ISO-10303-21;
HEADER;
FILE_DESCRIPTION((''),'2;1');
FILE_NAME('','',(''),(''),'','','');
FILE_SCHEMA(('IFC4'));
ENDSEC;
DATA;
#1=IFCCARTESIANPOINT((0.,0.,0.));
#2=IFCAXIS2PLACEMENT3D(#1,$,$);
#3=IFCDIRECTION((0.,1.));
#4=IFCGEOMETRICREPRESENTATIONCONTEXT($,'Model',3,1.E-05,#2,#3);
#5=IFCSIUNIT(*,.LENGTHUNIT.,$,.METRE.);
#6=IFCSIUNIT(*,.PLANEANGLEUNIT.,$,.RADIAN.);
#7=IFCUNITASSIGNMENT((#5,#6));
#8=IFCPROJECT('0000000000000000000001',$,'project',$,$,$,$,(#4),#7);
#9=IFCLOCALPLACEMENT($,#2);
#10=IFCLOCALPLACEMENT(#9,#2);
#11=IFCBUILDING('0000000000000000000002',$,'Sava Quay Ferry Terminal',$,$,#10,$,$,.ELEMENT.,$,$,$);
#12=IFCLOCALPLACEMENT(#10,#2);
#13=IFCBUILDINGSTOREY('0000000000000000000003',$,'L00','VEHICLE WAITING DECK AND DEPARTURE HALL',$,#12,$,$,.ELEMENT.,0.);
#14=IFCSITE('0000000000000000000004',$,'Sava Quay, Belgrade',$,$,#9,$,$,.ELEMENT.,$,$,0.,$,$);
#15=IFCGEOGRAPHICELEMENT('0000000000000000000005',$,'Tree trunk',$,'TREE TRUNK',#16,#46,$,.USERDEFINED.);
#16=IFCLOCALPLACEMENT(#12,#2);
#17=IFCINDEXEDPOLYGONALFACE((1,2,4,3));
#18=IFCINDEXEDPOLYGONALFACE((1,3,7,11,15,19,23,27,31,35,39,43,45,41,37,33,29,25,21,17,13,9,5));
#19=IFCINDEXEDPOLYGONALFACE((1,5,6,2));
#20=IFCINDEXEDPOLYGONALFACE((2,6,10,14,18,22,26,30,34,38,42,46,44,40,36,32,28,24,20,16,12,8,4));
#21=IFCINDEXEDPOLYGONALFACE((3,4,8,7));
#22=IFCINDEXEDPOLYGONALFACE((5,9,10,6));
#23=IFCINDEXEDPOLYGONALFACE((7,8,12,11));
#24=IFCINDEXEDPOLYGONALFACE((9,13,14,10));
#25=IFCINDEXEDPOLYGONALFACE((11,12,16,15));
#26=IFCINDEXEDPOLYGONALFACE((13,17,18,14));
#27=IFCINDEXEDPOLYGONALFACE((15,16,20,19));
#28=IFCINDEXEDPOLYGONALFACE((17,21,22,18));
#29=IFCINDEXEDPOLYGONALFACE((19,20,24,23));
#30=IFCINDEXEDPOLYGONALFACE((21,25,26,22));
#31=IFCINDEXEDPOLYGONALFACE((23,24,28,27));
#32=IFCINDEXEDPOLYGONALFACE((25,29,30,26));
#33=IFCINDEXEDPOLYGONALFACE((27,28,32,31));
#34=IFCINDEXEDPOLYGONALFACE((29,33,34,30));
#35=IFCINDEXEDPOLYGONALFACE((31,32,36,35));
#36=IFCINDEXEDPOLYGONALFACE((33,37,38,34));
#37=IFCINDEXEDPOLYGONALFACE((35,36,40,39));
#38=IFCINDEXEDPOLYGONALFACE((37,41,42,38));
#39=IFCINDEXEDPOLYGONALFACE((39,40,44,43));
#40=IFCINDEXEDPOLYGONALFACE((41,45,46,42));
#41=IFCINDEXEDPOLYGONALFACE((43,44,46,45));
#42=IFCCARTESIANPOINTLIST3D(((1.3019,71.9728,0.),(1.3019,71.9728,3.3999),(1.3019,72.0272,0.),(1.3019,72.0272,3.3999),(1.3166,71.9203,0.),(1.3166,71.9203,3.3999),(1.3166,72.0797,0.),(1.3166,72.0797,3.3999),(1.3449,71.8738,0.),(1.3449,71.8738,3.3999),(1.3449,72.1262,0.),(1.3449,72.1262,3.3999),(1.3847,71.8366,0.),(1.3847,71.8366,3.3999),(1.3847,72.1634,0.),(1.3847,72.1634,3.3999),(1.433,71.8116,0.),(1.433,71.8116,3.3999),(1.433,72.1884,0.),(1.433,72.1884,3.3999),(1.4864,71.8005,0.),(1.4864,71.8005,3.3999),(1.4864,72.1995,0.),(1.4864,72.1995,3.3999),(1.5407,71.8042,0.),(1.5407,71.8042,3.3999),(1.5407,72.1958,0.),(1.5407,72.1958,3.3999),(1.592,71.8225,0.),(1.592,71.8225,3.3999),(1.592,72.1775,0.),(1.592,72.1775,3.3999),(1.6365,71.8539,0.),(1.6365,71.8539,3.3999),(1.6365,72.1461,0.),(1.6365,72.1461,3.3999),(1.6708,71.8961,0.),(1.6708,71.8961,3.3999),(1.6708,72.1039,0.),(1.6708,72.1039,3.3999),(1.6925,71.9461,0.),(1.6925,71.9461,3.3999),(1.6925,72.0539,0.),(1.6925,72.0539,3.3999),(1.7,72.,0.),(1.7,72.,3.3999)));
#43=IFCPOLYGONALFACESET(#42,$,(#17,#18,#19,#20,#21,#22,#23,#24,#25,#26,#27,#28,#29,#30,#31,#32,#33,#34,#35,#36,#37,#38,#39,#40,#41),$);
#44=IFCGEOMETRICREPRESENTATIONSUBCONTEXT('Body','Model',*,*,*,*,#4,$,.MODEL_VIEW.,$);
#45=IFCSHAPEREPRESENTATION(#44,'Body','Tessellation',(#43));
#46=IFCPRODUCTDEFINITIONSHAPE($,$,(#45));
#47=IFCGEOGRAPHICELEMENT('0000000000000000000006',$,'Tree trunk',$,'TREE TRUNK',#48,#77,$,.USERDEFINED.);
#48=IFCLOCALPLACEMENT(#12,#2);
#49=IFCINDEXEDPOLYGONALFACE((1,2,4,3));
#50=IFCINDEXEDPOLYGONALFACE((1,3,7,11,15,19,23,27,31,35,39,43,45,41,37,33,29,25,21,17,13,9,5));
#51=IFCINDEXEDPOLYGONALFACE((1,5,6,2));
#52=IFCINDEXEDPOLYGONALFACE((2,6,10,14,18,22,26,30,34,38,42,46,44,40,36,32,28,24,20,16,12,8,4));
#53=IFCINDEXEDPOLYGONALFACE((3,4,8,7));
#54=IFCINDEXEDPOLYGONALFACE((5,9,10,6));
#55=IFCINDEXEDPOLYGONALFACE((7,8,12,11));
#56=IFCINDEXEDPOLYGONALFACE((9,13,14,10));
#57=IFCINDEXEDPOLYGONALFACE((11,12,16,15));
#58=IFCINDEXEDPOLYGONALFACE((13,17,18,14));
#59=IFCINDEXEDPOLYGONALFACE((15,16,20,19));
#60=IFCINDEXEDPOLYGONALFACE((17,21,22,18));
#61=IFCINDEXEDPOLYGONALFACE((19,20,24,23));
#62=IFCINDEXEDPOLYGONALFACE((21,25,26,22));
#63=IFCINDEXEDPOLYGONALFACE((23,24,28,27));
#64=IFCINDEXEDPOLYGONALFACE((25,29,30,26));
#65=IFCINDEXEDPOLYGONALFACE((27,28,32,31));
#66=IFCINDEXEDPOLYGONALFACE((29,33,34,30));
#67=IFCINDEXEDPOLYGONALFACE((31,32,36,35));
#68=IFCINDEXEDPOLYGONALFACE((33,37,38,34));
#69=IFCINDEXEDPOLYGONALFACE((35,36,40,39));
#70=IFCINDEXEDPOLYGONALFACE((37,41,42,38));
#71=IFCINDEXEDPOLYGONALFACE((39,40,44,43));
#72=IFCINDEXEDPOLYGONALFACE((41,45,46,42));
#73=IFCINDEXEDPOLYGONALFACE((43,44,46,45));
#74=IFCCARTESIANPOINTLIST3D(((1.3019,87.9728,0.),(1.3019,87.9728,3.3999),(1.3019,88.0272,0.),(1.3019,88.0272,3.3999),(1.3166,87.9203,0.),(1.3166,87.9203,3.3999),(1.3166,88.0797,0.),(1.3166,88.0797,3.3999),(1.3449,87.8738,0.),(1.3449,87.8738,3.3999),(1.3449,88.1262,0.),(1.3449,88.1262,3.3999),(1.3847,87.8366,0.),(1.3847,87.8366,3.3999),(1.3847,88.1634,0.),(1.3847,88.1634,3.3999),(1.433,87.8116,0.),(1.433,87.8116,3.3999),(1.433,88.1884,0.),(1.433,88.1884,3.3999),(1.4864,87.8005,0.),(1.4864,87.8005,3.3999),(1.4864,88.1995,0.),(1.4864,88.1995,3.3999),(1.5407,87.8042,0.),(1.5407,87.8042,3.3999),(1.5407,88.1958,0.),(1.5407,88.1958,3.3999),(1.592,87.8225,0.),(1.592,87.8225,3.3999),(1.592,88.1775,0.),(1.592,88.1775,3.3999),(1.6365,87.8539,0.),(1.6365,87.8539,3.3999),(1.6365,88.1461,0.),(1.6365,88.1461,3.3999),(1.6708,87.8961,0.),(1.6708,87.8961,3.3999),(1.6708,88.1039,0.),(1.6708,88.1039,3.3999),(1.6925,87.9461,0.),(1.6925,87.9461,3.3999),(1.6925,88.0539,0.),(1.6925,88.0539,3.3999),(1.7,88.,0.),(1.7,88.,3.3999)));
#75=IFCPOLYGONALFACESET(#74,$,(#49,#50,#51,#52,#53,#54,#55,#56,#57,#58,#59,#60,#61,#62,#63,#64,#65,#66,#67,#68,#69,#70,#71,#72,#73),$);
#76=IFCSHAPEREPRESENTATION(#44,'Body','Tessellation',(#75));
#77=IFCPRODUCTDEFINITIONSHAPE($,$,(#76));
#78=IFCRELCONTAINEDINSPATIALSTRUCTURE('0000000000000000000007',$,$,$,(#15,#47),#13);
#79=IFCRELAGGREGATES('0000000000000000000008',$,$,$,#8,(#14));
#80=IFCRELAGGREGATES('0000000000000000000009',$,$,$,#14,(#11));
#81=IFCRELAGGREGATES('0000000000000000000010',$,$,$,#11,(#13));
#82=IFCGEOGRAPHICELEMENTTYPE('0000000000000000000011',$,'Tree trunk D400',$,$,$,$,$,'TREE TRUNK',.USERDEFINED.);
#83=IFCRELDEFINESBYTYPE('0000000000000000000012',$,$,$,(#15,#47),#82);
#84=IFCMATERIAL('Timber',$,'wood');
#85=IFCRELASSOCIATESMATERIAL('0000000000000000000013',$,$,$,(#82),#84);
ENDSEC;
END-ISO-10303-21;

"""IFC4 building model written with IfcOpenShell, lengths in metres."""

from ifc_helpers import new_model, si_unit, direction, frame, origin, origin_2d, place, context, subcontext, project, spatial, circle, extrude, material, type_object, element, save


model = new_model("IFC4")

# Units and contexts
model_context = context("Model", 3, precision=1e-05, world=origin(), true_north=direction((0.0, 1.0)))
body_context = subcontext(model_context, "Body", "Model", "MODEL_VIEW")
ifc_project = project(units=[si_unit("LENGTHUNIT", "METRE"), si_unit("PLANEANGLEUNIT", "RADIAN")], contexts=[model_context])

# Site, building, storey
site_placement = place(None, origin())
site = spatial("IfcSite", under=ifc_project, at=site_placement, Name="Sava Quay, Belgrade", CompositionType="ELEMENT", RefElevation=0.0)
building_placement = place(site_placement, origin())
building = spatial("IfcBuilding", under=site, at=building_placement, Name="Sava Quay Ferry Terminal", CompositionType="ELEMENT")
storey_placement = place(building_placement, origin())
storey = spatial("IfcBuildingStorey", under=building, at=storey_placement, Name="L00", Description="VEHICLE WAITING DECK AND DEPARTURE HALL", CompositionType="ELEMENT", Elevation=0.0)

# Geographic elements
ifc_material_1 = material(Name="Timber", Category="wood")
geographic_element_type_1 = type_object("IfcGeographicElementType", Name="Tree trunk D400", ElementType="TREE TRUNK", PredefinedType="USERDEFINED", material=ifc_material_1)
for number, where, z_axis, x_axis, name in (
    (1, (1.5, 72.0, 3.3999), (0.0, 0.0, -1.0), (1.0, 0.0, 0.0), "Tree trunk"),
    (2, (1.5, 88.0, 3.3999), (0.0, 0.0, -1.0), (1.0, 0.0, 0.0), "Tree trunk"),
):
    element("IfcGeographicElement", number, at=place(storey_placement, frame(where, z_axis=z_axis, x_axis=x_axis)), inside=storey, type_object=geographic_element_type_1, Name=name, ObjectType="TREE TRUNK", PredefinedType="USERDEFINED", context=body_context, shape_type="SweptSolid", body=[
        extrude(circle(Radius=0.2, at=origin_2d()), origin(), (0.0, 0.0, 1.0), 3.3999),
    ])

save(model, "model.ifc")
